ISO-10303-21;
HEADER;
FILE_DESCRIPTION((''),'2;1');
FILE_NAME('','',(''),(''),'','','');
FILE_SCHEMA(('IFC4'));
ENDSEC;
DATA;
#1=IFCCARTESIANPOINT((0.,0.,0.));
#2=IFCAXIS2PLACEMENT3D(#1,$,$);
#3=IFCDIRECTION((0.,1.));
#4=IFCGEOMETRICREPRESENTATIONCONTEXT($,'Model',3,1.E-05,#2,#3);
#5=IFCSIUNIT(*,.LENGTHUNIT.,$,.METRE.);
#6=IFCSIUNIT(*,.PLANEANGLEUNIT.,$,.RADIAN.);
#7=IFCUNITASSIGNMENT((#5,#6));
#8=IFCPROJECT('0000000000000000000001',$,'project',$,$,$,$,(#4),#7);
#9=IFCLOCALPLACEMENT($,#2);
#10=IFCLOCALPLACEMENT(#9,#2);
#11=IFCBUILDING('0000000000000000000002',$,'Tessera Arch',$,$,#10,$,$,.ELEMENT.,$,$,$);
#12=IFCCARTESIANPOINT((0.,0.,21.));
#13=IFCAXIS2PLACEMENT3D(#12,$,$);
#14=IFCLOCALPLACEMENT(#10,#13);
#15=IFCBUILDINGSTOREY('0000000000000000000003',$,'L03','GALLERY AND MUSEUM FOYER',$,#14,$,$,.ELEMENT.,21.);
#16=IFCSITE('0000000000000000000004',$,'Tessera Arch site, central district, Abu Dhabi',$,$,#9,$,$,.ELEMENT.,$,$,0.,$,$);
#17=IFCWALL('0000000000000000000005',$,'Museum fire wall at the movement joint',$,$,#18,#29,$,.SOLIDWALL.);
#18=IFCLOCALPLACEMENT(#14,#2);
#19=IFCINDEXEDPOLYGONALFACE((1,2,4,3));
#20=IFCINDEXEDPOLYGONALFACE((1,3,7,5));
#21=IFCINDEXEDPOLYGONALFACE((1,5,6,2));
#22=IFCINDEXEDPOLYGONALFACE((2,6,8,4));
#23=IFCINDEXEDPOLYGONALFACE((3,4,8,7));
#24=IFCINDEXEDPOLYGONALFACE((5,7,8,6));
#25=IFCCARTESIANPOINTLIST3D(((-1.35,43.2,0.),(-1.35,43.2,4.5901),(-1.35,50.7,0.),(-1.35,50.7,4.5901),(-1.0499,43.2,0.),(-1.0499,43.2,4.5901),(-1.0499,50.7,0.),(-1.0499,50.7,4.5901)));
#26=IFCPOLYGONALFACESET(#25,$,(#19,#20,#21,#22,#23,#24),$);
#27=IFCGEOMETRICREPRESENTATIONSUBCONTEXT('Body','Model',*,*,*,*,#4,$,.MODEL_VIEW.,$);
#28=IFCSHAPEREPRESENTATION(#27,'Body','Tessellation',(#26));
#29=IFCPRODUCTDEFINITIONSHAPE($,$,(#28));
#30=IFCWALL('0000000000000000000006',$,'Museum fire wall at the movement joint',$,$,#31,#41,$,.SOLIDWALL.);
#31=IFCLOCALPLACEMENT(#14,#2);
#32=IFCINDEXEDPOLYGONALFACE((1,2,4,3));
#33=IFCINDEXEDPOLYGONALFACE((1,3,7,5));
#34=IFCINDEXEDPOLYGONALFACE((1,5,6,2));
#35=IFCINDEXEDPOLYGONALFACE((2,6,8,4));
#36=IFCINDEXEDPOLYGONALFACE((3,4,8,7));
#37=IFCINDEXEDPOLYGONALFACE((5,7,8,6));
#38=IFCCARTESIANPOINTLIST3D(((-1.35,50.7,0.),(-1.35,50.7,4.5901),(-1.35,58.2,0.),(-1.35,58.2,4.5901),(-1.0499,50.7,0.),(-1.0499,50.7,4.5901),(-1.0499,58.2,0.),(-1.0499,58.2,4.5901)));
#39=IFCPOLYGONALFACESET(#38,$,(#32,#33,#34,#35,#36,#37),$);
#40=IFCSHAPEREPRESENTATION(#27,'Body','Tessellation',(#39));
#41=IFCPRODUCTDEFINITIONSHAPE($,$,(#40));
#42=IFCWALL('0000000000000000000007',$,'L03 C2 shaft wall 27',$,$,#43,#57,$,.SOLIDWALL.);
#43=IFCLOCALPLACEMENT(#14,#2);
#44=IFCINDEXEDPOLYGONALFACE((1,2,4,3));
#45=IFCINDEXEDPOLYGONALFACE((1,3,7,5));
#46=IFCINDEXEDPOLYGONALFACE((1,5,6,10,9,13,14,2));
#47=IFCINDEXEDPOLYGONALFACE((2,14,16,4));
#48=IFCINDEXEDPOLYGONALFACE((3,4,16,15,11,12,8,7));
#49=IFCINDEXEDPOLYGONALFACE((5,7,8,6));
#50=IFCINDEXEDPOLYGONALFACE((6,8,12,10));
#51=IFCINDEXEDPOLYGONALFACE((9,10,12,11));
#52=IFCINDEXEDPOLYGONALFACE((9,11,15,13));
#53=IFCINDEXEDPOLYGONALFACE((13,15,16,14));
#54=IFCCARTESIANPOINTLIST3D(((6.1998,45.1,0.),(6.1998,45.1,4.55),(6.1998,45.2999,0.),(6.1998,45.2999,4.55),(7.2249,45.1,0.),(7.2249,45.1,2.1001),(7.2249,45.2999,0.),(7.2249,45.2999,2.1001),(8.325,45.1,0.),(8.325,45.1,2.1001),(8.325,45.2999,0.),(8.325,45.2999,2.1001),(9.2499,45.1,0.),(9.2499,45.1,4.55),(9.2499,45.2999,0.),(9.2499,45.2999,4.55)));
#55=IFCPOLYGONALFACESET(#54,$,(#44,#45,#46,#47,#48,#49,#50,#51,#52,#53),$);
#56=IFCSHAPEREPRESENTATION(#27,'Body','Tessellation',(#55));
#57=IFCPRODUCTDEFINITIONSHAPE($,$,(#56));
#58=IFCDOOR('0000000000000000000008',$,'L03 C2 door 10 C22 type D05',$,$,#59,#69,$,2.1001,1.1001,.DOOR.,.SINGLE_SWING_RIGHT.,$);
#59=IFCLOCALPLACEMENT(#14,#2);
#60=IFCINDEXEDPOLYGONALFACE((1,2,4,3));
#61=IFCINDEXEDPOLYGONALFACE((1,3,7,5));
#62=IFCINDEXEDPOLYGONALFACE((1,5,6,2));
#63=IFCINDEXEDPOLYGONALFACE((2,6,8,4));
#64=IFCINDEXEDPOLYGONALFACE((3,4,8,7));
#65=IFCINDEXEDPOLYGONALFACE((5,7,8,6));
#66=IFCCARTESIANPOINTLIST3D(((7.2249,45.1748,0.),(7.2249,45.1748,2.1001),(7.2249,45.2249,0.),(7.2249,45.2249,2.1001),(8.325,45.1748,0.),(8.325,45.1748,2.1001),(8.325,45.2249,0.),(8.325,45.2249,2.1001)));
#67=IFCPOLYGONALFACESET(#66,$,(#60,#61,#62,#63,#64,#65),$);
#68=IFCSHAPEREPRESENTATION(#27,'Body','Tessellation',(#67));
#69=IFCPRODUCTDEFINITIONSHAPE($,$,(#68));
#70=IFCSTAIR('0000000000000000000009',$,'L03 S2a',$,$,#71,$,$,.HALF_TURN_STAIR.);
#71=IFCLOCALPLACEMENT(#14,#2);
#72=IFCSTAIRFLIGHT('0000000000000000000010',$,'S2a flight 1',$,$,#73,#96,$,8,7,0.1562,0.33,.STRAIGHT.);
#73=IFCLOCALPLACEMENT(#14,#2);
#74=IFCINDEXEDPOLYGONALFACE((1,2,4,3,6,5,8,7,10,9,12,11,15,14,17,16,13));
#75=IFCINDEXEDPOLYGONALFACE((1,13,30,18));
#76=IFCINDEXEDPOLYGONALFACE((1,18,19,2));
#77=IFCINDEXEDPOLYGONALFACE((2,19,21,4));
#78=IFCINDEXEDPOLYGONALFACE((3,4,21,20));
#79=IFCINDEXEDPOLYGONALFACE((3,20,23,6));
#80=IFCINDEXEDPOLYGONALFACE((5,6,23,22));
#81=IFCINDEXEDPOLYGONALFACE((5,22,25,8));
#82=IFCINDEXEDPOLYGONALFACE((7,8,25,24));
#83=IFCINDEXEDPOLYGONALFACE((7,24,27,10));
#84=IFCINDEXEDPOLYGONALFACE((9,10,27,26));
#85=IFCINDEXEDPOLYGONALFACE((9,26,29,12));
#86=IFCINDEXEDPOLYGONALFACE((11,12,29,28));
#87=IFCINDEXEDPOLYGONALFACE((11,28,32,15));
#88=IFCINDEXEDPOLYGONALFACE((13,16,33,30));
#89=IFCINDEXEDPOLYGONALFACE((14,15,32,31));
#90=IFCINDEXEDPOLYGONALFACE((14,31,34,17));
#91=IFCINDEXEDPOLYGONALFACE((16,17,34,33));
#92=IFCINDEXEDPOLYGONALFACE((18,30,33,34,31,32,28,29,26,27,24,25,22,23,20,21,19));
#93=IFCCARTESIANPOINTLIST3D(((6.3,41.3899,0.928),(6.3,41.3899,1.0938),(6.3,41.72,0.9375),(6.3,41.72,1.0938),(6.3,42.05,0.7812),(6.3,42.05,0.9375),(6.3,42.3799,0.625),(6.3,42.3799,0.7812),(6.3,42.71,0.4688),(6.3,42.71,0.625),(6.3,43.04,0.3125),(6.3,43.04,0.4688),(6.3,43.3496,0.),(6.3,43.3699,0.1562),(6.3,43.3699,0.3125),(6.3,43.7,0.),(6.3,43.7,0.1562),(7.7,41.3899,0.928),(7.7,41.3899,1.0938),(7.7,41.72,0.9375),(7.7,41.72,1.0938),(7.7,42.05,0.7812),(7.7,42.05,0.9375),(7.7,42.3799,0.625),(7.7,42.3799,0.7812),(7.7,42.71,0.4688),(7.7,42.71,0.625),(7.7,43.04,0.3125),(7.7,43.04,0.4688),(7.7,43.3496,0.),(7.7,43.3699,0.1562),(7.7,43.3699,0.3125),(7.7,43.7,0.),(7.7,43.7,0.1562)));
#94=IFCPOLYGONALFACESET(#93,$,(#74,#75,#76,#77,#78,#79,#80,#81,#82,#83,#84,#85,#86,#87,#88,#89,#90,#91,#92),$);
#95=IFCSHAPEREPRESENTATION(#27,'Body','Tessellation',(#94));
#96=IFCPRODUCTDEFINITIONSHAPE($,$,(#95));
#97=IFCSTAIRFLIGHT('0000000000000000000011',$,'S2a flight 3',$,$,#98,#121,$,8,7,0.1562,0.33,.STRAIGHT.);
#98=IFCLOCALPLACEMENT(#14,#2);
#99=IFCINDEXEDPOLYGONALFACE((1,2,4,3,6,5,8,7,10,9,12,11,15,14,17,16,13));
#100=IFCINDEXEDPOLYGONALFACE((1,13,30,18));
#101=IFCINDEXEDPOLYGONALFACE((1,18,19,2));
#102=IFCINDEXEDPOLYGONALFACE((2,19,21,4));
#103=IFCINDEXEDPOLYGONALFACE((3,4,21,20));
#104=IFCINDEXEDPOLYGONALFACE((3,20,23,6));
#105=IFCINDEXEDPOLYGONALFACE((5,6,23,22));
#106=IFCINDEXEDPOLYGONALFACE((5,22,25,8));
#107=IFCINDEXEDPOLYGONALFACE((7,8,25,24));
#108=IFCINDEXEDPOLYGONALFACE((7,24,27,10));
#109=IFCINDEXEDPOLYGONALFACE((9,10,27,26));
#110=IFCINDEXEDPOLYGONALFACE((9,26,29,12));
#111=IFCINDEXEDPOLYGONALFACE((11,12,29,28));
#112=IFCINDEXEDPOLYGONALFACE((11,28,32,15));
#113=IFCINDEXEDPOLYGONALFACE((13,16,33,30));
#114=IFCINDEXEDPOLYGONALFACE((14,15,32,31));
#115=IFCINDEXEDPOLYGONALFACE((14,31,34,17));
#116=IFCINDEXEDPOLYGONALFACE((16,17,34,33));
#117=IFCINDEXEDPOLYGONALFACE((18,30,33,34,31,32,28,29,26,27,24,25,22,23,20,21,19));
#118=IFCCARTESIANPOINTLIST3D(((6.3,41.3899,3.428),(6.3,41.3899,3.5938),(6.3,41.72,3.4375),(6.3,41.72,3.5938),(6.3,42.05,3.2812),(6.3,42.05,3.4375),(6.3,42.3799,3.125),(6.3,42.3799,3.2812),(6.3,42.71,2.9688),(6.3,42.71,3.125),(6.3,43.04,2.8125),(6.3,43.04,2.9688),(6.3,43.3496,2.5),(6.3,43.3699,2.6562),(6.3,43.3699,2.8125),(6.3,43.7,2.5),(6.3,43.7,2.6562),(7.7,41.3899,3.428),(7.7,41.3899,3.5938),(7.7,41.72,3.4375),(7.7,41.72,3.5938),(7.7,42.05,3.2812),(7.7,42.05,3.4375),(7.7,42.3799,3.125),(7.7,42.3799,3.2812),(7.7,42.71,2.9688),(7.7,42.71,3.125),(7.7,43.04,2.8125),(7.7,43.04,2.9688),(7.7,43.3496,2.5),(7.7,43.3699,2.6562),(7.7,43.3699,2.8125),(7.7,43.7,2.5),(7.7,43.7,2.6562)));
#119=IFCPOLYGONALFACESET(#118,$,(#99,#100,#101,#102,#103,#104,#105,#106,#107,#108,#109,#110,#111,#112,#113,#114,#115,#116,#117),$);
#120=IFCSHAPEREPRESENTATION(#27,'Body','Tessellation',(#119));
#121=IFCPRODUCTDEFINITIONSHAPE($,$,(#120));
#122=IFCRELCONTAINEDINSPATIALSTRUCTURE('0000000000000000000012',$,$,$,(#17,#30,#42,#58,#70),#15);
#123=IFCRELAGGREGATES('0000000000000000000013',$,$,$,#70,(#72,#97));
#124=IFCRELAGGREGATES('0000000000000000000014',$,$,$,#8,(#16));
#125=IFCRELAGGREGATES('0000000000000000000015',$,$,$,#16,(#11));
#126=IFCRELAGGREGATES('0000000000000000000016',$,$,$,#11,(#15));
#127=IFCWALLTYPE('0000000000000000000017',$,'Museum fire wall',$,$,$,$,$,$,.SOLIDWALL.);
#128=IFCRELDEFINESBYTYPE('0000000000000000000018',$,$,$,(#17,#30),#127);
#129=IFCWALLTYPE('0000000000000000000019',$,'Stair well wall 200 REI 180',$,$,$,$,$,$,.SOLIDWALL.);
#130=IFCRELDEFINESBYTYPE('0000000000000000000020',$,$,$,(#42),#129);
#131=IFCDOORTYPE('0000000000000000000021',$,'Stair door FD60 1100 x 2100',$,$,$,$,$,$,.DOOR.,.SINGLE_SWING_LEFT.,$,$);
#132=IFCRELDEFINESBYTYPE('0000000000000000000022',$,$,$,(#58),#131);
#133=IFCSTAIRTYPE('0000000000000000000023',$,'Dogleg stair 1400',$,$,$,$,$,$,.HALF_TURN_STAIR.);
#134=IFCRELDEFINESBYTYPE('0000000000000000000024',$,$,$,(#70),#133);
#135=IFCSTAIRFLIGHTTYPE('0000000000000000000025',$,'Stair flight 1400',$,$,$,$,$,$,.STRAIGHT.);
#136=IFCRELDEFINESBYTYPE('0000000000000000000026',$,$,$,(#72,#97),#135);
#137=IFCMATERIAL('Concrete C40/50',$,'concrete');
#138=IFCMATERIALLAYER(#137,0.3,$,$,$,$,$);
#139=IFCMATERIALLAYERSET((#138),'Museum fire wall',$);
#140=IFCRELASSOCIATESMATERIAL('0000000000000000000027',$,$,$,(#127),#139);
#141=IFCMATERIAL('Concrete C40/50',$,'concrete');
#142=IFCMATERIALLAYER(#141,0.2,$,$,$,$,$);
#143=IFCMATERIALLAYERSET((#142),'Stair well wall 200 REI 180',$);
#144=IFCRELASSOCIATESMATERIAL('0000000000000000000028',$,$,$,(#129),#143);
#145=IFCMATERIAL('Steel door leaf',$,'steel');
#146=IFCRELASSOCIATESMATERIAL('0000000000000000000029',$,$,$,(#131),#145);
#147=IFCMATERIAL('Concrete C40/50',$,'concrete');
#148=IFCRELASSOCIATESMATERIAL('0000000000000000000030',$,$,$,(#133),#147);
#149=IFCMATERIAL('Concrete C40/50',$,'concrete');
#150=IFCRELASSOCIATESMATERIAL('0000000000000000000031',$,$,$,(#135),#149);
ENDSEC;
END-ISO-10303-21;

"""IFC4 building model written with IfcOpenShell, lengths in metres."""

from ifc_helpers import new_model, si_unit, direction, frame, frame_2d, origin, place, context, subcontext, project, spatial, polyline, rectangle, outline, extrude, material, layer, layer_set, type_object, element, fill, aggregate, save


model = new_model("IFC4")

# Units and contexts
model_context = context("Model", 3, precision=1e-05, world=origin(), true_north=direction((0.0, 1.0)))
body_context = subcontext(model_context, "Body", "Model", "MODEL_VIEW")
ifc_project = project(units=[si_unit("LENGTHUNIT", "METRE"), si_unit("PLANEANGLEUNIT", "RADIAN")], contexts=[model_context])

# Site, building, storey
site_placement = place(None, origin())
site = spatial("IfcSite", under=ifc_project, at=site_placement, Name="Tessera Arch site, central district, Abu Dhabi", CompositionType="ELEMENT", RefElevation=0.0)
building_placement = place(site_placement, origin())
building = spatial("IfcBuilding", under=site, at=building_placement, Name="Tessera Arch", CompositionType="ELEMENT")
storey_placement = place(building_placement, frame((0.0, 0.0, 21.0)))
storey = spatial("IfcBuildingStorey", under=building, at=storey_placement, Name="L03", Description="GALLERY AND MUSEUM FOYER", CompositionType="ELEMENT", Elevation=21.0)

# Walls
ifc_material_1 = material(Name="Concrete C40/50", Category="concrete")
ifc_layer_1 = layer(ifc_material_1, 0.3)
ifc_layer_set_1 = layer_set([ifc_layer_1], Name="Museum fire wall")
wall_type_1 = type_object("IfcWallType", Name="Museum fire wall", PredefinedType="SOLIDWALL", material=ifc_layer_set_1)
for number, where, z_axis, x_axis, name in (
    (1, (-1.2, 43.2, 0.0), (0.0, 0.0, 1.0), (0.0, 1.0, 0.0), "Museum fire wall at the movement joint"),
    (2, (-1.2, 50.7, 0.0), (0.0, 0.0, 1.0), (0.0, 1.0, 0.0), "Museum fire wall at the movement joint"),
):
    element("IfcWall", number, at=place(storey_placement, frame(where, z_axis=z_axis, x_axis=x_axis)), inside=storey, type_object=wall_type_1, Name=name, PredefinedType="SOLIDWALL", context=body_context, shape_type="SweptSolid", body=[
        extrude(rectangle(XDim=7.5, YDim=0.3, at=frame_2d((3.75, 0.0))), origin(), (0.0, 0.0, 1.0), 4.5901),
    ])

# Wall, opening, door
ifc_material_2 = material(Name="Concrete C40/50", Category="concrete")
ifc_layer_2 = layer(ifc_material_2, 0.2)
ifc_layer_set_2 = layer_set([ifc_layer_2], Name="Stair well wall 200 REI 180")
wall_type_2 = type_object("IfcWallType", Name="Stair well wall 200 REI 180", PredefinedType="SOLIDWALL", material=ifc_layer_set_2)
wall_1_placement = place(storey_placement, frame((6.2, 45.2, 0.0), z_axis=(0.0, 0.0, 1.0), x_axis=(1.0, 0.0, 0.0)))
wall_1 = element("IfcWall", 3, at=wall_1_placement, inside=storey, type_object=wall_type_2, Name="L03 C2 shaft wall 27", PredefinedType="SOLIDWALL", context=body_context, shape_type="SweptSolid", body=[
    extrude(rectangle(XDim=3.05, YDim=0.2, at=frame_2d((1.5249, 0.0))), origin(), (0.0, 0.0, 1.0), 4.55),
])
opening_1_placement = place(wall_1_placement, frame((1.0249, 0.0, 0.0)))
opening_1 = element("IfcOpeningElement", 4, at=opening_1_placement, cuts=wall_1, PredefinedType="OPENING", context=body_context, shape_type="SweptSolid", body=[
    extrude(rectangle(XDim=1.1001, YDim=2.1001, at=frame_2d((0.55, 1.05))), frame((0.0, 0.1099, 0.0), z_axis=(0.0, -1.0, 0.0), x_axis=(1.0, 0.0, 0.0)), (0.0, 0.0, 1.0), 0.22),
])
ifc_material_3 = material(Name="Steel door leaf", Category="steel")
door_type_1 = type_object("IfcDoorType", Name="Stair door FD60 1100 x 2100", OperationType="SINGLE_SWING_LEFT", PredefinedType="DOOR", material=ifc_material_3)
door_1_placement = place(opening_1_placement, origin())
door_1 = element("IfcDoor", 5, at=door_1_placement, inside=storey, type_object=door_type_1, Name="L03 C2 door 10 C22 type D05", OperationType="SINGLE_SWING_RIGHT", OverallHeight=2.1001, OverallWidth=1.1001, PredefinedType="DOOR", context=body_context, shape_type="SweptSolid", body=[
    extrude(rectangle(XDim=1.1001, YDim=2.1001, at=frame_2d((0.55, 1.05))), frame((0.0, 0.0249, 0.0), z_axis=(0.0, -1.0, 0.0), x_axis=(1.0, 0.0, 0.0)), (0.0, 0.0, 1.0), 0.05),
])
fill(opening_1, door_1)

# Stair, stair flights
ifc_material_4 = material(Name="Concrete C40/50", Category="concrete")
stair_type = type_object("IfcStairType", Name="Dogleg stair 1400", PredefinedType="HALF_TURN_STAIR", material=ifc_material_4)
stair_placement = place(storey_placement, origin())
stair = element("IfcStair", 6, at=stair_placement, inside=storey, type_object=stair_type, Name="L03 S2a", PredefinedType="HALF_TURN_STAIR")
ifc_material_5 = material(Name="Concrete C40/50", Category="concrete")
stair_flight_type = type_object("IfcStairFlightType", Name="Stair flight 1400", PredefinedType="STRAIGHT", material=ifc_material_5)
stair_flight_1_placement = place(storey_placement, frame((7.0, 43.7, 0.0), z_axis=(0.0, 0.0, 1.0), x_axis=(0.0, -1.0, 0.0)))
stair_flight_1 = element("IfcStairFlight", 7, at=stair_flight_1_placement, type_object=stair_flight_type, Name="S2a flight 1", NumberOfRisers=8, NumberOfTreads=7, PredefinedType="STRAIGHT", RiserHeight=0.1562, TreadLength=0.33, context=body_context, shape_type="SweptSolid", body=[
    extrude(outline(polyline([(0.0, 0.0), (0.0, 0.1562), (0.3301, 0.1562), (0.3301, 0.3125), (0.6599, 0.3125), (0.6599, 0.4688), (0.99, 0.4688), (0.99, 0.625), (1.3201, 0.625), (1.3201, 0.7812), (1.6499, 0.7812), (1.6499, 0.9375), (1.98, 0.9375), (1.98, 1.0938), (2.3101, 1.0938), (2.3101, 1.25), (2.3101, 0.928), (0.3503, 0.0), (0.0, 0.0)])), frame((0.0, 0.7, 0.0), z_axis=(0.0, -1.0, 0.0), x_axis=(1.0, 0.0, 0.0)), (0.0, 0.0, 1.0), 1.3999),
])
stair_flight_2_placement = place(storey_placement, frame((7.0, 43.7, 2.5), z_axis=(0.0, 0.0, 1.0), x_axis=(0.0, -1.0, 0.0)))
stair_flight_2 = element("IfcStairFlight", 8, at=stair_flight_2_placement, type_object=stair_flight_type, Name="S2a flight 3", NumberOfRisers=8, NumberOfTreads=7, PredefinedType="STRAIGHT", RiserHeight=0.1562, TreadLength=0.33, context=body_context, shape_type="SweptSolid", body=[
    extrude(outline(polyline([(0.0, 0.0), (0.0, 0.1562), (0.3301, 0.1562), (0.3301, 0.3125), (0.6599, 0.3125), (0.6599, 0.4688), (0.99, 0.4688), (0.99, 0.625), (1.3201, 0.625), (1.3201, 0.7812), (1.6499, 0.7812), (1.6499, 0.9375), (1.98, 0.9375), (1.98, 1.0938), (2.3101, 1.0938), (2.3101, 1.25), (2.3101, 0.928), (0.3503, 0.0), (0.0, 0.0)])), frame((0.0, 0.7, 0.0), z_axis=(0.0, -1.0, 0.0), x_axis=(1.0, 0.0, 0.0)), (0.0, 0.0, 1.0), 1.3999),
])
aggregate(stair, [stair_flight_1, stair_flight_2])

save(model, "model.ifc")
